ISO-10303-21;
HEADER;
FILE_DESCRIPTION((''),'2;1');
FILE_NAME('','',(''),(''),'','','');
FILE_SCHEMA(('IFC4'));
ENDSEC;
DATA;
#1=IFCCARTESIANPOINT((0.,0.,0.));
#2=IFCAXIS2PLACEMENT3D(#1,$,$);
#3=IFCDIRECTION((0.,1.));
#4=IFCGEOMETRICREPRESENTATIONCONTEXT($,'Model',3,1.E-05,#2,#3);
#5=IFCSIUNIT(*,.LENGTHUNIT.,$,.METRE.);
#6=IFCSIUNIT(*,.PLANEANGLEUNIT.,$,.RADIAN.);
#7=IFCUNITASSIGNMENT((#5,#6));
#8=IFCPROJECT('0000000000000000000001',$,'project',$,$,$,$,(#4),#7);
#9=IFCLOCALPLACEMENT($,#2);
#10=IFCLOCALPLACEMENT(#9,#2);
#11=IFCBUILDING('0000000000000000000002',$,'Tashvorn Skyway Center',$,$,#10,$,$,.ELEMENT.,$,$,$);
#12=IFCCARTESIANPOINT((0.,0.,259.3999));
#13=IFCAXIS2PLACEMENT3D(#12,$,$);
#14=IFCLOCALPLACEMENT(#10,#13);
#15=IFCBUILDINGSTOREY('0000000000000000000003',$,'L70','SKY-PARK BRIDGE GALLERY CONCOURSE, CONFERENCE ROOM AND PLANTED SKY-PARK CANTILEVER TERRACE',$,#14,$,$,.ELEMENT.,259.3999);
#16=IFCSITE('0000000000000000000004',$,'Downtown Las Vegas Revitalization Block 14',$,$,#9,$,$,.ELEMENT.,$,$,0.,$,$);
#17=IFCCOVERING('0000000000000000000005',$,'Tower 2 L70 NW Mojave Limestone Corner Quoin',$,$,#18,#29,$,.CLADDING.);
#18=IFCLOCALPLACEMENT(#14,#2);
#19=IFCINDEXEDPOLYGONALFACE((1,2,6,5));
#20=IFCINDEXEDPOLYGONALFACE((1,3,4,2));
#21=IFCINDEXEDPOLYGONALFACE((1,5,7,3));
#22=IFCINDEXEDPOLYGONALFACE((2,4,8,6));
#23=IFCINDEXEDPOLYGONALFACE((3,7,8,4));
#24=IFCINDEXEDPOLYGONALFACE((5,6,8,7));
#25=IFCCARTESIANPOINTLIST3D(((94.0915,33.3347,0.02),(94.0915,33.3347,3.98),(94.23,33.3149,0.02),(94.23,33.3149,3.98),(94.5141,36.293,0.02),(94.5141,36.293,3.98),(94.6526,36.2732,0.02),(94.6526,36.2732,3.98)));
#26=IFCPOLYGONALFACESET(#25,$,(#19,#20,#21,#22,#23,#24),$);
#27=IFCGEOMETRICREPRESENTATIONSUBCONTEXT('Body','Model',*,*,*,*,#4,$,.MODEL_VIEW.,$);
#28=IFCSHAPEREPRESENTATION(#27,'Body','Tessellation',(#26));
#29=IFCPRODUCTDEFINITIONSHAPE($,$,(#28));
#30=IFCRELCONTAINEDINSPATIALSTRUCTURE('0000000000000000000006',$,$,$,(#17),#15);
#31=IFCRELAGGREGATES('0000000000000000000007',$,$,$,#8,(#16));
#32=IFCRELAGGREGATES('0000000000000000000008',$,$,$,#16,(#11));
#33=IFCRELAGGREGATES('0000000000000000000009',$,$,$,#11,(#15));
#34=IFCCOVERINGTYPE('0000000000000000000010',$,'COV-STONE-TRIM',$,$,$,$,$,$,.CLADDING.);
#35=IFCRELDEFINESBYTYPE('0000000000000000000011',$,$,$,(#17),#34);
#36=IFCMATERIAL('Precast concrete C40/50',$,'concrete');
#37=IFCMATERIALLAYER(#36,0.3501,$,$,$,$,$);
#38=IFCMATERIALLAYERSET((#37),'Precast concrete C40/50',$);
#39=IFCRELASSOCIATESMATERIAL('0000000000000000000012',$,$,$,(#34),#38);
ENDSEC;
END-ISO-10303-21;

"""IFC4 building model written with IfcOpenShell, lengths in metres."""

from ifc_helpers import new_model, si_unit, direction, frame, origin, origin_2d, place, context, subcontext, project, spatial, rectangle, extrude, material, layer, layer_set, type_object, element, save


model = new_model("IFC4")

# Units and contexts
model_context = context("Model", 3, precision=1e-05, world=origin(), true_north=direction((0.0, 1.0)))
body_context = subcontext(model_context, "Body", "Model", "MODEL_VIEW")
ifc_project = project(units=[si_unit("LENGTHUNIT", "METRE"), si_unit("PLANEANGLEUNIT", "RADIAN")], contexts=[model_context])

# Site, building, storey
site_placement = place(None, origin())
site = spatial("IfcSite", under=ifc_project, at=site_placement, Name="Downtown Las Vegas Revitalization Block 14", CompositionType="ELEMENT", RefElevation=0.0)
building_placement = place(site_placement, origin())
building = spatial("IfcBuilding", under=site, at=building_placement, Name="Tashvorn Skyway Center", CompositionType="ELEMENT")
storey_placement = place(building_placement, frame((0.0, 0.0, 259.3999)))
storey = spatial("IfcBuildingStorey", under=building, at=storey_placement, Name="L70", Description="SKY-PARK BRIDGE GALLERY CONCOURSE, CONFERENCE ROOM AND PLANTED SKY-PARK CANTILEVER TERRACE", CompositionType="ELEMENT", Elevation=259.3999)

# Covering
ifc_material_1 = material(Name="Precast concrete C40/50", Category="concrete")
ifc_layer_1 = layer(ifc_material_1, 0.3501)
ifc_layer_set_1 = layer_set([ifc_layer_1], Name="Precast concrete C40/50")
covering_type_1 = type_object("IfcCoveringType", Name="COV-STONE-TRIM", PredefinedType="CLADDING", material=ifc_layer_set_1)
covering_1_placement = place(storey_placement, frame((94.3721, 34.804, 0.02), z_axis=(0.0, 0.0, 1.0), x_axis=(-0.141421, -0.989949, 0.0)))
element("IfcCovering", 1, at=covering_1_placement, inside=storey, type_object=covering_type_1, Name="Tower 2 L70 NW Mojave Limestone Corner Quoin", PredefinedType="CLADDING", context=body_context, shape_type="SweptSolid", body=[
    extrude(rectangle(XDim=2.9883, YDim=0.1399, at=origin_2d()), origin(), (0.0, 0.0, 1.0), 3.96),
])

save(model, "model.ifc")
